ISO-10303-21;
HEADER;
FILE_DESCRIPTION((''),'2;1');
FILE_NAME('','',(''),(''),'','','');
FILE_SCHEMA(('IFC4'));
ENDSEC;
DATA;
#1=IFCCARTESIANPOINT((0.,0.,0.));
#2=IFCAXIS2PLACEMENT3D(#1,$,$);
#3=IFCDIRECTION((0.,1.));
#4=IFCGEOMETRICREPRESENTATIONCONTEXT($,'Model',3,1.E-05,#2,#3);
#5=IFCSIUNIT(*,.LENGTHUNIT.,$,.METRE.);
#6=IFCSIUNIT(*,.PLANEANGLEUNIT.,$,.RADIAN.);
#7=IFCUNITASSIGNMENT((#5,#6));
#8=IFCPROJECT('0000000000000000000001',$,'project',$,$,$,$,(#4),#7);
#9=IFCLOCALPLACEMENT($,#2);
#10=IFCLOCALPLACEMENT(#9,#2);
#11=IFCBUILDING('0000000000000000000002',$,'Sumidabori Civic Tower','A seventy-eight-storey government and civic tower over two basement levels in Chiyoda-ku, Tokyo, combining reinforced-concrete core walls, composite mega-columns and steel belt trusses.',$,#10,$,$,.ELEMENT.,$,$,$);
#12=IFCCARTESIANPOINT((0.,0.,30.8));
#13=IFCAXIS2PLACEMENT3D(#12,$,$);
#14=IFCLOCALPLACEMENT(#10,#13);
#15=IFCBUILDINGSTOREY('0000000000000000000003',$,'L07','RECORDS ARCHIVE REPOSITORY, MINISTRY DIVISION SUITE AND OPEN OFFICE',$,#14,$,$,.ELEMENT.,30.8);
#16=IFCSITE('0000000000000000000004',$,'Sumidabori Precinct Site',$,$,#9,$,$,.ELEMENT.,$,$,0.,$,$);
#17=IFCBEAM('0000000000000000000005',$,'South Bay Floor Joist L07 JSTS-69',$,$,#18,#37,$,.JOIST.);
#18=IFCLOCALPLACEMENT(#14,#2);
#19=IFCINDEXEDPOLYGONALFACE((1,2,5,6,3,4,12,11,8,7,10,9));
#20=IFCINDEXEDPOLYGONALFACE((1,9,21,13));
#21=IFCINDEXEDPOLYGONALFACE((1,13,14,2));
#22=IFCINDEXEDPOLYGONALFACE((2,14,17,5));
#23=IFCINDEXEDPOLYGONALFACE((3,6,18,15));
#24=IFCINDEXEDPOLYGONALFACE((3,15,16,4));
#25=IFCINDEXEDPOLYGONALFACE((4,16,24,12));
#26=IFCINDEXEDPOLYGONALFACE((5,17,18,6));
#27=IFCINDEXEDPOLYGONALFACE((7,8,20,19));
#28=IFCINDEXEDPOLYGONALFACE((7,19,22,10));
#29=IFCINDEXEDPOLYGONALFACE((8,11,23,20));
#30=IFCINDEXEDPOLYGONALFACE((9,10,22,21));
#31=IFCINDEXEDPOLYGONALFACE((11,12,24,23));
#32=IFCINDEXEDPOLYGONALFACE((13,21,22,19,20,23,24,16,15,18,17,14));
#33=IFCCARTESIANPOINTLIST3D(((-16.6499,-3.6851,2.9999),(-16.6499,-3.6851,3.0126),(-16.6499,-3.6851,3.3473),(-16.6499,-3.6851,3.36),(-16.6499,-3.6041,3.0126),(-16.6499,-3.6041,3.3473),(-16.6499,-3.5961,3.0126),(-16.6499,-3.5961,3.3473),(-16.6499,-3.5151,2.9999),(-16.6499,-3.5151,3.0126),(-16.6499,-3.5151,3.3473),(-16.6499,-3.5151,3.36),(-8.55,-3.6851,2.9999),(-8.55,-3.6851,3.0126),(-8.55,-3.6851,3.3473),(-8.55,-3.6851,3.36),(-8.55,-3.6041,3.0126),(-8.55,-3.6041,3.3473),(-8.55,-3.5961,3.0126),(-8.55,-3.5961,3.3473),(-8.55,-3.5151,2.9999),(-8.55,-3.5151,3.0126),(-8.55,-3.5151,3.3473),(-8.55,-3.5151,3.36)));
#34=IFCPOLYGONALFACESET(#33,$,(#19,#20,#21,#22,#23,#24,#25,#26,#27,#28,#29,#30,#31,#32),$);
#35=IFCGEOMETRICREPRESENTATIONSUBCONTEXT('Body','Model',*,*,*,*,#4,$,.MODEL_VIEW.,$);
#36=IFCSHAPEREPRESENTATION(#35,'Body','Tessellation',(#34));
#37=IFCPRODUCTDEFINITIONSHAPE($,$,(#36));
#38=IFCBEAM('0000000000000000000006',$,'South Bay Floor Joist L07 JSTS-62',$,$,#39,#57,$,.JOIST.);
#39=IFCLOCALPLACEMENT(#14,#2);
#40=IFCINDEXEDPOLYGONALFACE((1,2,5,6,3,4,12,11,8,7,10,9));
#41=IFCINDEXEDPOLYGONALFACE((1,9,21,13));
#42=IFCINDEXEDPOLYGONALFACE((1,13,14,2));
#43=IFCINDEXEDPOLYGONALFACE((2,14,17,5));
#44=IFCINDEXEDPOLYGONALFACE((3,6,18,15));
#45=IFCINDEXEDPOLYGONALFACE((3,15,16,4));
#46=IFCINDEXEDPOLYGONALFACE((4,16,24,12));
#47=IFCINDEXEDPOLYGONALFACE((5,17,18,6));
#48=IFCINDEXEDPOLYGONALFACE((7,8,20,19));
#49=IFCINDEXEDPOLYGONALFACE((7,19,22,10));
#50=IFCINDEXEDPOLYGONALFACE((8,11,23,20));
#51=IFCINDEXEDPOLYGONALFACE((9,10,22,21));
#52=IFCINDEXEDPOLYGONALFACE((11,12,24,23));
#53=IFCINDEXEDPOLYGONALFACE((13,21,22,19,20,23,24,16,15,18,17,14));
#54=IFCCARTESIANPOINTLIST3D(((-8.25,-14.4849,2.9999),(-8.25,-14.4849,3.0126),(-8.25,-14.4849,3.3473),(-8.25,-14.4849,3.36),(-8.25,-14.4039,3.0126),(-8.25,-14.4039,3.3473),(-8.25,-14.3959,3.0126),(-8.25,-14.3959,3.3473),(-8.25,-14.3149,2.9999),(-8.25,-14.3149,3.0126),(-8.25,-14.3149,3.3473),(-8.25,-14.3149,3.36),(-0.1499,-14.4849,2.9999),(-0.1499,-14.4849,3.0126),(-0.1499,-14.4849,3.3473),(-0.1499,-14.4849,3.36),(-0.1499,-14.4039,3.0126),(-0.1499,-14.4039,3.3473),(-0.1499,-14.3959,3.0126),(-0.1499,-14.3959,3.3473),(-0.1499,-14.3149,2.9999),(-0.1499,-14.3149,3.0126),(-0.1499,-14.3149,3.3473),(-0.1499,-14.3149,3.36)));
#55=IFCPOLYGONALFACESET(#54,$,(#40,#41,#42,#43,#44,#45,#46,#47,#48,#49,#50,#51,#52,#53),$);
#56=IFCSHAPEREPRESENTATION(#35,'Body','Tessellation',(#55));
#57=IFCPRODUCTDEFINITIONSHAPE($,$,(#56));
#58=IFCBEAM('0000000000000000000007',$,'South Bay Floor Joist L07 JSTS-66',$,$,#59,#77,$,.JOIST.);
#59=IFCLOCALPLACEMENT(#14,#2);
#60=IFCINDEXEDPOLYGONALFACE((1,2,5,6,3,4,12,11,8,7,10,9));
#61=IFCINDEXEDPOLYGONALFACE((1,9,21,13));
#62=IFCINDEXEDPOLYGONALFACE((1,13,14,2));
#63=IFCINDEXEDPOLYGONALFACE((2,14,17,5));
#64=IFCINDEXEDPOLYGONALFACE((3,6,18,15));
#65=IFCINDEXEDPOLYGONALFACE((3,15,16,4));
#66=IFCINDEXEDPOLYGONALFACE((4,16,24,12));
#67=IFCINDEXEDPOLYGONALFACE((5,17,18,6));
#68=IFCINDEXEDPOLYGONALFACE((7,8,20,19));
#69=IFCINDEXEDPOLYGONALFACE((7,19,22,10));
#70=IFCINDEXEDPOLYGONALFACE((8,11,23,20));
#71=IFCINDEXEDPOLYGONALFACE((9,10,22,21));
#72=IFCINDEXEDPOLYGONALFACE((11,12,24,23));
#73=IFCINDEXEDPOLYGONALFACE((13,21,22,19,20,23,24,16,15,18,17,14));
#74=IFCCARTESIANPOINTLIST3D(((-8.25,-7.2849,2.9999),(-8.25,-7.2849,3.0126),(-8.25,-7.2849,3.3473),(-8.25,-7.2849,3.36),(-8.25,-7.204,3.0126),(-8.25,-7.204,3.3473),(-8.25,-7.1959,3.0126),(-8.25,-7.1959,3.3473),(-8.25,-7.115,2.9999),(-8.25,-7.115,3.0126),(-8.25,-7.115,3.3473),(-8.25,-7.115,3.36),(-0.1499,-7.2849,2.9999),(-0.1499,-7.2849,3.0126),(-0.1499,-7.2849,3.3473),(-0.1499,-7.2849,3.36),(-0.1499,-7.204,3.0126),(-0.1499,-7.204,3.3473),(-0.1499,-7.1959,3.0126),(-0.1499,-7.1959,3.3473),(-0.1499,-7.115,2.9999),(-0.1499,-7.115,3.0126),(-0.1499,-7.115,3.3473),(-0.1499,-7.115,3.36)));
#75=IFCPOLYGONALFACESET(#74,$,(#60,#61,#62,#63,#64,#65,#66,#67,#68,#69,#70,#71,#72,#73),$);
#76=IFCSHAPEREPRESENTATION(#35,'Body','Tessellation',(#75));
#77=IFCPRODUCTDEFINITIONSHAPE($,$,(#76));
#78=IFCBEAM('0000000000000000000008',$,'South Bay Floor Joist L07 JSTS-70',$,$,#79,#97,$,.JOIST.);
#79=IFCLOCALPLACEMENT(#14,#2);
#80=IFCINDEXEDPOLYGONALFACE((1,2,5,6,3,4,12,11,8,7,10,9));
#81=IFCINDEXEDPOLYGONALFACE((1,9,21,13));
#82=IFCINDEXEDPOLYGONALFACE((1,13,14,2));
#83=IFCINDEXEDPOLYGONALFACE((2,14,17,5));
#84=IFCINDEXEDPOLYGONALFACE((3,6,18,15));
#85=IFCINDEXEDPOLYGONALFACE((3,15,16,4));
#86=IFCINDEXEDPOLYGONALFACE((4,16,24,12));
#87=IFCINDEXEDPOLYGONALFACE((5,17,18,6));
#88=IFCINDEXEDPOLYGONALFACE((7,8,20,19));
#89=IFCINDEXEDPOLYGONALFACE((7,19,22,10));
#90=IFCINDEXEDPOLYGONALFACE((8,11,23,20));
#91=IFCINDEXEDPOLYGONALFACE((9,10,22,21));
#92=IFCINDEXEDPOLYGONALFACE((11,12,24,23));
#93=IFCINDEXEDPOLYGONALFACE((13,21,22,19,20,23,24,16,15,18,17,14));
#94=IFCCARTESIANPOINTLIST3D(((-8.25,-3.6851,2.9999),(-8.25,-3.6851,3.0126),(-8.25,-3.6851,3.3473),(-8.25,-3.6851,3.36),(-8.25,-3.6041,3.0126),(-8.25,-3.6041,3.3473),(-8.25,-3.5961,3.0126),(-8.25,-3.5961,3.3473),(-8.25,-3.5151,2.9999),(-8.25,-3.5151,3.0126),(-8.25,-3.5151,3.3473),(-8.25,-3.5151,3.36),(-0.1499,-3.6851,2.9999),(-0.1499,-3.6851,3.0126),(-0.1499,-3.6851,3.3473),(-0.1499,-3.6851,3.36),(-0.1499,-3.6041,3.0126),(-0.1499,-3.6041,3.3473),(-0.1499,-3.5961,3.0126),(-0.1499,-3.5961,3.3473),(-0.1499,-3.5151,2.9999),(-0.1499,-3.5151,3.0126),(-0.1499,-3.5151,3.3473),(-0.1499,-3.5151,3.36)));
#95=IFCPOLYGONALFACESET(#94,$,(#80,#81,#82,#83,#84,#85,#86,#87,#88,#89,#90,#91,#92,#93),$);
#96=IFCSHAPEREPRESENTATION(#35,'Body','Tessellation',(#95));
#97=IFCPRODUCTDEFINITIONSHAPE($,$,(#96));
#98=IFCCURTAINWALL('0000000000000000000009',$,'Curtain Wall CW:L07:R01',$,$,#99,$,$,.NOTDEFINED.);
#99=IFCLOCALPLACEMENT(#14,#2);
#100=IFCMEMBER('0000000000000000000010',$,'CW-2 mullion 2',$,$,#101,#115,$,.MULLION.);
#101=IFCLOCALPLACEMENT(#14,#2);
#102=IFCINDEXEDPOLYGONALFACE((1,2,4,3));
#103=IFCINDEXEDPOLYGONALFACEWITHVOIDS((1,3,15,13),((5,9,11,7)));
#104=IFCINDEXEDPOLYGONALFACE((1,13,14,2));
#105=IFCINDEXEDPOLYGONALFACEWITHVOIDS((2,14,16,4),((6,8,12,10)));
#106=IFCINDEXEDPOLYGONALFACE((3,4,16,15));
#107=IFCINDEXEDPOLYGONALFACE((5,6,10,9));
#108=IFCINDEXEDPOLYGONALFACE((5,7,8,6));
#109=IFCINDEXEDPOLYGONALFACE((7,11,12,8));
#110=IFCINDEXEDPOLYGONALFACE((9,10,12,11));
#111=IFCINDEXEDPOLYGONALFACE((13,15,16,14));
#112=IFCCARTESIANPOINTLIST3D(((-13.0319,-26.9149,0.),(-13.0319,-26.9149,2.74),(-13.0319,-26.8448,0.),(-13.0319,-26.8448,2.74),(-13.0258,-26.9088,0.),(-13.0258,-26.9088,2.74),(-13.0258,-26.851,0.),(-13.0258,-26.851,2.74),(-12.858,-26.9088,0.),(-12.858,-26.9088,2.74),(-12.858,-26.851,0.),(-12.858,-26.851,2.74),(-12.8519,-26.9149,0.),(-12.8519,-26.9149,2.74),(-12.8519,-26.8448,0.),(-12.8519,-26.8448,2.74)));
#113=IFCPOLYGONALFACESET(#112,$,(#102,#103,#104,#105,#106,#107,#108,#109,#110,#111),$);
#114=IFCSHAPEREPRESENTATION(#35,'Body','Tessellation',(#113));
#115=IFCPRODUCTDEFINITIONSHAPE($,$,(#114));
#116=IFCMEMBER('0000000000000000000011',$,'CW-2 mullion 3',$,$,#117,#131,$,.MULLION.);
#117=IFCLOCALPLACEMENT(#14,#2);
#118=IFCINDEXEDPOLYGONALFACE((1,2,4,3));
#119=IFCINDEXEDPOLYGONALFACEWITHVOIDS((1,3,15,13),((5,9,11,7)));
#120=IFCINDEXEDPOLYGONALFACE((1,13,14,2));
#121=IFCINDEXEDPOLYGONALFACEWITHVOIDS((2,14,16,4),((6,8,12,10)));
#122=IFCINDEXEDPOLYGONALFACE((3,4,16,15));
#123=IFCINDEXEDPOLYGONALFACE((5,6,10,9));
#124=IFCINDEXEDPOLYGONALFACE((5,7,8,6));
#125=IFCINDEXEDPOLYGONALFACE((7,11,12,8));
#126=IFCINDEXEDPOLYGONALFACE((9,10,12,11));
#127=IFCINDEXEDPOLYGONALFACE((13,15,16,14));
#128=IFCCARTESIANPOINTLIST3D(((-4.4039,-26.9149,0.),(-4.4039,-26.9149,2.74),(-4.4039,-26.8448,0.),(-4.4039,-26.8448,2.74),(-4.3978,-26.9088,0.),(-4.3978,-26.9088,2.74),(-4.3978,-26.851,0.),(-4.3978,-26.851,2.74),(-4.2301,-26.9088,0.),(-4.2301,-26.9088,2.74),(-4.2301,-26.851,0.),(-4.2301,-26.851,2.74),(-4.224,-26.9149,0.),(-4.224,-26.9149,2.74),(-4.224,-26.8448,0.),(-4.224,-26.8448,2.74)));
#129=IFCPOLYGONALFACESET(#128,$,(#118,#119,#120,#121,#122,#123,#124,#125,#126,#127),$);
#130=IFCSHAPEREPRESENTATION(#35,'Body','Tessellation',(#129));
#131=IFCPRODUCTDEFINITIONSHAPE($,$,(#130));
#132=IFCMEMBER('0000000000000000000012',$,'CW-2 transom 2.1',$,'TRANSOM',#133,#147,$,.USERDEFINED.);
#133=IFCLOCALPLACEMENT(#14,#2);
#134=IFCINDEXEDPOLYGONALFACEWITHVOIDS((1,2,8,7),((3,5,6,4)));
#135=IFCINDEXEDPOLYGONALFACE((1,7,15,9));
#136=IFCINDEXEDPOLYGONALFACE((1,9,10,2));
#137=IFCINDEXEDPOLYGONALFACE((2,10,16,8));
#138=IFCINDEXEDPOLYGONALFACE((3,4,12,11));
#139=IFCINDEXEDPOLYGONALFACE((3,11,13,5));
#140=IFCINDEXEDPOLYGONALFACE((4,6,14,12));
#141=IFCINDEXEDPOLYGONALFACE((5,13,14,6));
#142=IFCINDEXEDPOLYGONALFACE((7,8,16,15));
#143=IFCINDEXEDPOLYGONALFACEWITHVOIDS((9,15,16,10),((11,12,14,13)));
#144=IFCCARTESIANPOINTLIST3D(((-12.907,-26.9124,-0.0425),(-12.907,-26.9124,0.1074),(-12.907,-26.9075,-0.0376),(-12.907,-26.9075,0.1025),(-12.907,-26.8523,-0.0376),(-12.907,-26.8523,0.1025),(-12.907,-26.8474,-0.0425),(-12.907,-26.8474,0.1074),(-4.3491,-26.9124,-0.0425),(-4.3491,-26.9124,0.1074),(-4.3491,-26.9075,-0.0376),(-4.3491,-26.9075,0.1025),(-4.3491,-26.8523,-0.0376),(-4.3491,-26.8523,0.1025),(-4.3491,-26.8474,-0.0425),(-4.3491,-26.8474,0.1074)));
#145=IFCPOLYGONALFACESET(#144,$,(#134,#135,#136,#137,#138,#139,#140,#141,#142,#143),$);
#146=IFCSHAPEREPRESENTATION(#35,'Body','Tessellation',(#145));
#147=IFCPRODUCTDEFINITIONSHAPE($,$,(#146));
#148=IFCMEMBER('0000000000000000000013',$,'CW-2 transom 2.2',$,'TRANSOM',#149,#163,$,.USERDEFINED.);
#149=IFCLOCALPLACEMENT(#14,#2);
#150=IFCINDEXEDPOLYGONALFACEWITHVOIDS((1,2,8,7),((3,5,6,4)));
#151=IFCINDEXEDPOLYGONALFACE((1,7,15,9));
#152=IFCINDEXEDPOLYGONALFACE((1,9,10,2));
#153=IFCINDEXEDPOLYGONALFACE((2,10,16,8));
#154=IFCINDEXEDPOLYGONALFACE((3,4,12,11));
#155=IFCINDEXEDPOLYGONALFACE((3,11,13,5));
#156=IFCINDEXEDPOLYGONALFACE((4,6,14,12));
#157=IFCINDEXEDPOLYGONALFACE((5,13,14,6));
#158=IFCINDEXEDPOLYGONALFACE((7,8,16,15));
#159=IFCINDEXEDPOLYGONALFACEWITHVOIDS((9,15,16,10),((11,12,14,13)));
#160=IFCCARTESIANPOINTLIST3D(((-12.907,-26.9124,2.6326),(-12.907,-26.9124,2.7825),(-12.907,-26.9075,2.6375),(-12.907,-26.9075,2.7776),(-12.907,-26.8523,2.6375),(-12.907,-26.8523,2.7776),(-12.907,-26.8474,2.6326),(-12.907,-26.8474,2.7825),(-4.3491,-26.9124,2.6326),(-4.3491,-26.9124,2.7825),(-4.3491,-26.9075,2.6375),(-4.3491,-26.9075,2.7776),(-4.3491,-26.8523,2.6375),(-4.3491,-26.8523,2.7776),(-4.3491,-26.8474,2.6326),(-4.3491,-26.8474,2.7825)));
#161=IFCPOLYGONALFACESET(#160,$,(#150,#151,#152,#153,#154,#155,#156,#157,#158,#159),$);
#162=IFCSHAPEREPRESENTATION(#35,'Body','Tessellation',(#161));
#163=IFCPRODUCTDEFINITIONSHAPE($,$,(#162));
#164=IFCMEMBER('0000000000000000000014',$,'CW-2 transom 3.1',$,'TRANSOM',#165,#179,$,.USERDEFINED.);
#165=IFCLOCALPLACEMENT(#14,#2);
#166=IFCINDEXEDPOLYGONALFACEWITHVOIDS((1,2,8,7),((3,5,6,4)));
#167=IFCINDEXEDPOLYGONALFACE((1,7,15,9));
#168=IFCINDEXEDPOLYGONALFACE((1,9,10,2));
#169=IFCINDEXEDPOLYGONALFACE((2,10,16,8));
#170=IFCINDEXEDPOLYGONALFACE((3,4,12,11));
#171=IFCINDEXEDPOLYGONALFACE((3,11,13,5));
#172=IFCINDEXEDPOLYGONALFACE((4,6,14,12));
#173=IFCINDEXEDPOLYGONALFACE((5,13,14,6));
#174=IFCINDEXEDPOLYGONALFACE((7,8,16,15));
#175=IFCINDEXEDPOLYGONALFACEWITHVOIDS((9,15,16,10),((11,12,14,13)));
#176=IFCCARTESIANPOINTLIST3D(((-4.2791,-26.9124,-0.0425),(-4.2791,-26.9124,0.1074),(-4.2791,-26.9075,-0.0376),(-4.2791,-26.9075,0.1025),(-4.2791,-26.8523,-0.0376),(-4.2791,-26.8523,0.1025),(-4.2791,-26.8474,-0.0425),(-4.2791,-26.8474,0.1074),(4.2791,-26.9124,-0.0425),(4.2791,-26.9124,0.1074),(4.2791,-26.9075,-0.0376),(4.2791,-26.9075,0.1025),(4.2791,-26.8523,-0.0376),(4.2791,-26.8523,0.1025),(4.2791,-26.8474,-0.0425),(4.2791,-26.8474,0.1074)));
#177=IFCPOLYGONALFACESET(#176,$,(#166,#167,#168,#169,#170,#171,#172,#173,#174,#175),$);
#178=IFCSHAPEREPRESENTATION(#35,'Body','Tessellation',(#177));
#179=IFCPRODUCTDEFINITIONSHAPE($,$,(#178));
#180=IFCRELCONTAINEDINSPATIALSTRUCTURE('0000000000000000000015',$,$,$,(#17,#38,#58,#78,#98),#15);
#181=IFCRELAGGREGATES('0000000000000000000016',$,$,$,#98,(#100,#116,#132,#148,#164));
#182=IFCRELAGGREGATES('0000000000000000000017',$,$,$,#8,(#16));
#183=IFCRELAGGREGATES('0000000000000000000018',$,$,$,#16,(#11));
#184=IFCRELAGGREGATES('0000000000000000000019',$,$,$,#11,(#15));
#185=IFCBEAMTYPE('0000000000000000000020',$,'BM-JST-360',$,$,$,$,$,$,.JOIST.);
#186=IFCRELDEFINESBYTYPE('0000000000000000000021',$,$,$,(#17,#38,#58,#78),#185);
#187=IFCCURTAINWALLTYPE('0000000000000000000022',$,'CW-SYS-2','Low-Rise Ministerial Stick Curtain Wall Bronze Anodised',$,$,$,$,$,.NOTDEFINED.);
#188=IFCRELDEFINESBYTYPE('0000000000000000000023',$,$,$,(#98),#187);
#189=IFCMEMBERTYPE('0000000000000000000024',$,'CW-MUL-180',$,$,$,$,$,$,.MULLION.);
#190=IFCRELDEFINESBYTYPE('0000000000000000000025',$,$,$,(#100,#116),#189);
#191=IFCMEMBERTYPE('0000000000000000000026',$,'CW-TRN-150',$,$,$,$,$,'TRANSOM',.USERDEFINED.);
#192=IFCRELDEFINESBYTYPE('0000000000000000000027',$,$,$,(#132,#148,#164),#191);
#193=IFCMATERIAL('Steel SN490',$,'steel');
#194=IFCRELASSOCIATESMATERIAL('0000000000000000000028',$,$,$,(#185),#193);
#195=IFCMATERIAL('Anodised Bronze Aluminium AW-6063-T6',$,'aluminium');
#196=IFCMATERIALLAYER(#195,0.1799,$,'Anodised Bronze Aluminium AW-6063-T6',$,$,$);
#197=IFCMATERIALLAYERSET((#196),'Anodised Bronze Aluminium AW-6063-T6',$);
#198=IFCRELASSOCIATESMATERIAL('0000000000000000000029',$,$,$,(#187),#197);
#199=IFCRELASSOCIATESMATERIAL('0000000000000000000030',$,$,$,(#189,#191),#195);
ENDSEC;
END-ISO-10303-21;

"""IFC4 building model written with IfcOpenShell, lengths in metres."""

from ifc_helpers import new_model, si_unit, direction, frame, origin, origin_2d, place, context, subcontext, project, spatial, hollow_rectangle, i_section, extrude, source, transform, mapped, material, layer, layer_set, material_profile, profile_set, type_object, element, aggregate, save


model = new_model("IFC4")

# Units and contexts
model_context = context("Model", 3, precision=1e-05, world=origin(), true_north=direction((0.0, 1.0)))
body_context = subcontext(model_context, "Body", "Model", "MODEL_VIEW")
ifc_project = project(units=[si_unit("LENGTHUNIT", "METRE"), si_unit("PLANEANGLEUNIT", "RADIAN")], contexts=[model_context])

# Site, building, storey
site_placement = place(None, origin())
site = spatial("IfcSite", under=ifc_project, at=site_placement, Name="Sumidabori Precinct Site", CompositionType="ELEMENT", RefElevation=0.0)
building_placement = place(site_placement, origin())
building = spatial("IfcBuilding", under=site, at=building_placement, Name="Sumidabori Civic Tower", Description="A seventy-eight-storey government and civic tower over two basement levels in Chiyoda-ku, Tokyo, combining reinforced-concrete core walls, composite mega-columns and steel belt trusses.", CompositionType="ELEMENT")
storey_placement = place(building_placement, frame((0.0, 0.0, 30.8)))
storey = spatial("IfcBuildingStorey", under=building, at=storey_placement, Name="L07", Description="RECORDS ARCHIVE REPOSITORY, MINISTRY DIVISION SUITE AND OPEN OFFICE", CompositionType="ELEMENT", Elevation=30.8)

# Beams
ifc_material_1 = material(Name="Steel SN490", Category="steel")
ifc_material_profile_1 = material_profile(ifc_material_1, i_section(OverallWidth=0.1699, OverallDepth=0.3601, WebThickness=0.0081, FlangeThickness=0.0127, at=origin_2d()), Name="IPE 360")
ifc_profile_set_1 = profile_set([ifc_material_profile_1], Name="Steel SN490")
beam_type_1 = type_object("IfcBeamType", Name="BM-JST-360", PredefinedType="JOIST", material=ifc_profile_set_1)
shared_shape_1 = source(origin(), body_context, "Body", "SweptSolid", [
    extrude(i_section(OverallWidth=0.1699, OverallDepth=0.3601, WebThickness=0.0081, FlangeThickness=0.0127, at=origin_2d()), origin(), (0.0, 0.0, 1.0), 8.0999),
])
for number, where, z_axis, x_axis, name in (
    (1, (-16.6499, -3.6001, 3.1799), (1.0, 0.0, 0.0), (0.0, 1.0, 0.0), "South Bay Floor Joist L07 JSTS-69"),
):
    element("IfcBeam", number, at=place(storey_placement, frame(where, z_axis=z_axis, x_axis=x_axis)), inside=storey, type_object=beam_type_1, Name=name, PredefinedType="JOIST", context=body_context, shape_type="MappedRepresentation", body=[
        mapped(shared_shape_1, transform((0.0, 0.0, 0.0), x_axis=(1.0, 0.0, 0.0), y_axis=(0.0, 1.0, 0.0), z_axis=(0.0, 0.0, 1.0), scale=1.0)),
    ])
shared_shape_2 = source(origin(), body_context, "Body", "SweptSolid", [
    extrude(i_section(OverallWidth=0.1699, OverallDepth=0.3601, WebThickness=0.0081, FlangeThickness=0.0127, at=origin_2d()), origin(), (0.0, 0.0, 1.0), 8.1001),
])
for number, where, z_axis, x_axis, name in (
    (2, (-8.25, -14.3999, 3.1799), (1.0, 0.0, 0.0), (0.0, 1.0, 0.0), "South Bay Floor Joist L07 JSTS-62"),
    (3, (-8.25, -7.2, 3.1799), (1.0, 0.0, 0.0), (0.0, 1.0, 0.0), "South Bay Floor Joist L07 JSTS-66"),
    (4, (-8.25, -3.6001, 3.1799), (1.0, 0.0, 0.0), (0.0, 1.0, 0.0), "South Bay Floor Joist L07 JSTS-70"),
):
    element("IfcBeam", number, at=place(storey_placement, frame(where, z_axis=z_axis, x_axis=x_axis)), inside=storey, type_object=beam_type_1, Name=name, PredefinedType="JOIST", context=body_context, shape_type="MappedRepresentation", body=[
        mapped(shared_shape_2, transform((0.0, 0.0, 0.0), x_axis=(1.0, 0.0, 0.0), y_axis=(0.0, 1.0, 0.0), z_axis=(0.0, 0.0, 1.0), scale=1.0)),
    ])

# Curtain wall, members
ifc_material_2 = material(Name="Anodised Bronze Aluminium AW-6063-T6", Category="aluminium")
ifc_layer_1 = layer(ifc_material_2, 0.1799, Name="Anodised Bronze Aluminium AW-6063-T6")
ifc_layer_set_1 = layer_set([ifc_layer_1], Name="Anodised Bronze Aluminium AW-6063-T6")
curtain_wall_type = type_object("IfcCurtainWallType", Name="CW-SYS-2", Description="Low-Rise Ministerial Stick Curtain Wall Bronze Anodised", PredefinedType="NOTDEFINED", material=ifc_layer_set_1)
curtain_wall_placement = place(storey_placement, origin())
curtain_wall = element("IfcCurtainWall", 5, at=curtain_wall_placement, inside=storey, type_object=curtain_wall_type, Name="Curtain Wall CW:L07:R01", PredefinedType="NOTDEFINED")
ifc_material_profile_2 = material_profile(ifc_material_2, hollow_rectangle(XDim=0.0701, YDim=0.1799, WallThickness=0.0061, at=origin_2d()), Name="ALU MULLION 180x70")
ifc_profile_set_2 = profile_set([ifc_material_profile_2], Name="Anodised Bronze Aluminium AW-6063-T6")
member_type_1 = type_object("IfcMemberType", Name="CW-MUL-180", PredefinedType="MULLION", material=ifc_profile_set_2)
shared_shape_3 = source(origin(), body_context, "Body", "SweptSolid", [
    extrude(hollow_rectangle(XDim=0.0701, YDim=0.1799, WallThickness=0.0061, at=origin_2d()), origin(), (0.0, 0.0, 1.0), 2.74),
])
member_1_placement = place(storey_placement, frame((-12.9419, -26.8799, 0.0), z_axis=(0.0, 0.0, 1.0), x_axis=(0.0, 1.0, 0.0)))
member_1 = element("IfcMember", 6, at=member_1_placement, type_object=member_type_1, Name="CW-2 mullion 2", PredefinedType="MULLION", context=body_context, shape_type="MappedRepresentation", body=[
    mapped(shared_shape_3, transform((0.0, 0.0, 0.0), x_axis=(1.0, 0.0, 0.0), y_axis=(0.0, 1.0, 0.0), z_axis=(0.0, 0.0, 1.0), scale=1.0)),
])
member_2_placement = place(storey_placement, frame((-4.314, -26.8799, 0.0), z_axis=(0.0, 0.0, 1.0), x_axis=(0.0, 1.0, 0.0)))
member_2 = element("IfcMember", 7, at=member_2_placement, type_object=member_type_1, Name="CW-2 mullion 3", PredefinedType="MULLION", context=body_context, shape_type="MappedRepresentation", body=[
    mapped(shared_shape_3, transform((0.0, 0.0, 0.0), x_axis=(1.0, 0.0, 0.0), y_axis=(0.0, 1.0, 0.0), z_axis=(0.0, 0.0, 1.0), scale=1.0)),
])
ifc_material_profile_3 = material_profile(ifc_material_2, hollow_rectangle(XDim=0.0649, YDim=0.1499, WallThickness=0.0049, at=origin_2d()), Name="ALU TRANSOM 150x65")
ifc_profile_set_3 = profile_set([ifc_material_profile_3], Name="Anodised Bronze Aluminium AW-6063-T6")
member_type_2 = type_object("IfcMemberType", Name="CW-TRN-150", ElementType="TRANSOM", PredefinedType="USERDEFINED", material=ifc_profile_set_3)
shared_shape_4 = source(origin(), body_context, "Body", "SweptSolid", [
    extrude(hollow_rectangle(XDim=0.0649, YDim=0.1499, WallThickness=0.0049, at=origin_2d()), origin(), (0.0, 0.0, 1.0), 8.5579),
])
member_3_placement = place(storey_placement, frame((-12.907, -26.8799, 0.0325), z_axis=(1.0, 0.0, 0.0), x_axis=(0.0, 1.0, 0.0)))
member_3 = element("IfcMember", 8, at=member_3_placement, type_object=member_type_2, Name="CW-2 transom 2.1", ObjectType="TRANSOM", PredefinedType="USERDEFINED", context=body_context, shape_type="MappedRepresentation", body=[
    mapped(shared_shape_4, transform((0.0, 0.0, 0.0), x_axis=(1.0, 0.0, 0.0), y_axis=(0.0, 1.0, 0.0), z_axis=(0.0, 0.0, 1.0), scale=1.0)),
])
member_4_placement = place(storey_placement, frame((-12.907, -26.8799, 2.7075), z_axis=(1.0, 0.0, 0.0), x_axis=(0.0, 1.0, 0.0)))
member_4 = element("IfcMember", 9, at=member_4_placement, type_object=member_type_2, Name="CW-2 transom 2.2", ObjectType="TRANSOM", PredefinedType="USERDEFINED", context=body_context, shape_type="MappedRepresentation", body=[
    mapped(shared_shape_4, transform((0.0, 0.0, 0.0), x_axis=(1.0, 0.0, 0.0), y_axis=(0.0, 1.0, 0.0), z_axis=(0.0, 0.0, 1.0), scale=1.0)),
])
shared_shape_5 = source(origin(), body_context, "Body", "SweptSolid", [
    extrude(hollow_rectangle(XDim=0.0649, YDim=0.1499, WallThickness=0.0049, at=origin_2d()), origin(), (0.0, 0.0, 1.0), 8.5581),
])
member_5_placement = place(storey_placement, frame((-4.2791, -26.8799, 0.0325), z_axis=(1.0, 0.0, 0.0), x_axis=(0.0, 1.0, 0.0)))
member_5 = element("IfcMember", 10, at=member_5_placement, type_object=member_type_2, Name="CW-2 transom 3.1", ObjectType="TRANSOM", PredefinedType="USERDEFINED", context=body_context, shape_type="MappedRepresentation", body=[
    mapped(shared_shape_5, transform((0.0, 0.0, 0.0), x_axis=(1.0, 0.0, 0.0), y_axis=(0.0, 1.0, 0.0), z_axis=(0.0, 0.0, 1.0), scale=1.0)),
])
aggregate(curtain_wall, [member_1, member_2, member_3, member_4, member_5])

save(model, "model.ifc")
